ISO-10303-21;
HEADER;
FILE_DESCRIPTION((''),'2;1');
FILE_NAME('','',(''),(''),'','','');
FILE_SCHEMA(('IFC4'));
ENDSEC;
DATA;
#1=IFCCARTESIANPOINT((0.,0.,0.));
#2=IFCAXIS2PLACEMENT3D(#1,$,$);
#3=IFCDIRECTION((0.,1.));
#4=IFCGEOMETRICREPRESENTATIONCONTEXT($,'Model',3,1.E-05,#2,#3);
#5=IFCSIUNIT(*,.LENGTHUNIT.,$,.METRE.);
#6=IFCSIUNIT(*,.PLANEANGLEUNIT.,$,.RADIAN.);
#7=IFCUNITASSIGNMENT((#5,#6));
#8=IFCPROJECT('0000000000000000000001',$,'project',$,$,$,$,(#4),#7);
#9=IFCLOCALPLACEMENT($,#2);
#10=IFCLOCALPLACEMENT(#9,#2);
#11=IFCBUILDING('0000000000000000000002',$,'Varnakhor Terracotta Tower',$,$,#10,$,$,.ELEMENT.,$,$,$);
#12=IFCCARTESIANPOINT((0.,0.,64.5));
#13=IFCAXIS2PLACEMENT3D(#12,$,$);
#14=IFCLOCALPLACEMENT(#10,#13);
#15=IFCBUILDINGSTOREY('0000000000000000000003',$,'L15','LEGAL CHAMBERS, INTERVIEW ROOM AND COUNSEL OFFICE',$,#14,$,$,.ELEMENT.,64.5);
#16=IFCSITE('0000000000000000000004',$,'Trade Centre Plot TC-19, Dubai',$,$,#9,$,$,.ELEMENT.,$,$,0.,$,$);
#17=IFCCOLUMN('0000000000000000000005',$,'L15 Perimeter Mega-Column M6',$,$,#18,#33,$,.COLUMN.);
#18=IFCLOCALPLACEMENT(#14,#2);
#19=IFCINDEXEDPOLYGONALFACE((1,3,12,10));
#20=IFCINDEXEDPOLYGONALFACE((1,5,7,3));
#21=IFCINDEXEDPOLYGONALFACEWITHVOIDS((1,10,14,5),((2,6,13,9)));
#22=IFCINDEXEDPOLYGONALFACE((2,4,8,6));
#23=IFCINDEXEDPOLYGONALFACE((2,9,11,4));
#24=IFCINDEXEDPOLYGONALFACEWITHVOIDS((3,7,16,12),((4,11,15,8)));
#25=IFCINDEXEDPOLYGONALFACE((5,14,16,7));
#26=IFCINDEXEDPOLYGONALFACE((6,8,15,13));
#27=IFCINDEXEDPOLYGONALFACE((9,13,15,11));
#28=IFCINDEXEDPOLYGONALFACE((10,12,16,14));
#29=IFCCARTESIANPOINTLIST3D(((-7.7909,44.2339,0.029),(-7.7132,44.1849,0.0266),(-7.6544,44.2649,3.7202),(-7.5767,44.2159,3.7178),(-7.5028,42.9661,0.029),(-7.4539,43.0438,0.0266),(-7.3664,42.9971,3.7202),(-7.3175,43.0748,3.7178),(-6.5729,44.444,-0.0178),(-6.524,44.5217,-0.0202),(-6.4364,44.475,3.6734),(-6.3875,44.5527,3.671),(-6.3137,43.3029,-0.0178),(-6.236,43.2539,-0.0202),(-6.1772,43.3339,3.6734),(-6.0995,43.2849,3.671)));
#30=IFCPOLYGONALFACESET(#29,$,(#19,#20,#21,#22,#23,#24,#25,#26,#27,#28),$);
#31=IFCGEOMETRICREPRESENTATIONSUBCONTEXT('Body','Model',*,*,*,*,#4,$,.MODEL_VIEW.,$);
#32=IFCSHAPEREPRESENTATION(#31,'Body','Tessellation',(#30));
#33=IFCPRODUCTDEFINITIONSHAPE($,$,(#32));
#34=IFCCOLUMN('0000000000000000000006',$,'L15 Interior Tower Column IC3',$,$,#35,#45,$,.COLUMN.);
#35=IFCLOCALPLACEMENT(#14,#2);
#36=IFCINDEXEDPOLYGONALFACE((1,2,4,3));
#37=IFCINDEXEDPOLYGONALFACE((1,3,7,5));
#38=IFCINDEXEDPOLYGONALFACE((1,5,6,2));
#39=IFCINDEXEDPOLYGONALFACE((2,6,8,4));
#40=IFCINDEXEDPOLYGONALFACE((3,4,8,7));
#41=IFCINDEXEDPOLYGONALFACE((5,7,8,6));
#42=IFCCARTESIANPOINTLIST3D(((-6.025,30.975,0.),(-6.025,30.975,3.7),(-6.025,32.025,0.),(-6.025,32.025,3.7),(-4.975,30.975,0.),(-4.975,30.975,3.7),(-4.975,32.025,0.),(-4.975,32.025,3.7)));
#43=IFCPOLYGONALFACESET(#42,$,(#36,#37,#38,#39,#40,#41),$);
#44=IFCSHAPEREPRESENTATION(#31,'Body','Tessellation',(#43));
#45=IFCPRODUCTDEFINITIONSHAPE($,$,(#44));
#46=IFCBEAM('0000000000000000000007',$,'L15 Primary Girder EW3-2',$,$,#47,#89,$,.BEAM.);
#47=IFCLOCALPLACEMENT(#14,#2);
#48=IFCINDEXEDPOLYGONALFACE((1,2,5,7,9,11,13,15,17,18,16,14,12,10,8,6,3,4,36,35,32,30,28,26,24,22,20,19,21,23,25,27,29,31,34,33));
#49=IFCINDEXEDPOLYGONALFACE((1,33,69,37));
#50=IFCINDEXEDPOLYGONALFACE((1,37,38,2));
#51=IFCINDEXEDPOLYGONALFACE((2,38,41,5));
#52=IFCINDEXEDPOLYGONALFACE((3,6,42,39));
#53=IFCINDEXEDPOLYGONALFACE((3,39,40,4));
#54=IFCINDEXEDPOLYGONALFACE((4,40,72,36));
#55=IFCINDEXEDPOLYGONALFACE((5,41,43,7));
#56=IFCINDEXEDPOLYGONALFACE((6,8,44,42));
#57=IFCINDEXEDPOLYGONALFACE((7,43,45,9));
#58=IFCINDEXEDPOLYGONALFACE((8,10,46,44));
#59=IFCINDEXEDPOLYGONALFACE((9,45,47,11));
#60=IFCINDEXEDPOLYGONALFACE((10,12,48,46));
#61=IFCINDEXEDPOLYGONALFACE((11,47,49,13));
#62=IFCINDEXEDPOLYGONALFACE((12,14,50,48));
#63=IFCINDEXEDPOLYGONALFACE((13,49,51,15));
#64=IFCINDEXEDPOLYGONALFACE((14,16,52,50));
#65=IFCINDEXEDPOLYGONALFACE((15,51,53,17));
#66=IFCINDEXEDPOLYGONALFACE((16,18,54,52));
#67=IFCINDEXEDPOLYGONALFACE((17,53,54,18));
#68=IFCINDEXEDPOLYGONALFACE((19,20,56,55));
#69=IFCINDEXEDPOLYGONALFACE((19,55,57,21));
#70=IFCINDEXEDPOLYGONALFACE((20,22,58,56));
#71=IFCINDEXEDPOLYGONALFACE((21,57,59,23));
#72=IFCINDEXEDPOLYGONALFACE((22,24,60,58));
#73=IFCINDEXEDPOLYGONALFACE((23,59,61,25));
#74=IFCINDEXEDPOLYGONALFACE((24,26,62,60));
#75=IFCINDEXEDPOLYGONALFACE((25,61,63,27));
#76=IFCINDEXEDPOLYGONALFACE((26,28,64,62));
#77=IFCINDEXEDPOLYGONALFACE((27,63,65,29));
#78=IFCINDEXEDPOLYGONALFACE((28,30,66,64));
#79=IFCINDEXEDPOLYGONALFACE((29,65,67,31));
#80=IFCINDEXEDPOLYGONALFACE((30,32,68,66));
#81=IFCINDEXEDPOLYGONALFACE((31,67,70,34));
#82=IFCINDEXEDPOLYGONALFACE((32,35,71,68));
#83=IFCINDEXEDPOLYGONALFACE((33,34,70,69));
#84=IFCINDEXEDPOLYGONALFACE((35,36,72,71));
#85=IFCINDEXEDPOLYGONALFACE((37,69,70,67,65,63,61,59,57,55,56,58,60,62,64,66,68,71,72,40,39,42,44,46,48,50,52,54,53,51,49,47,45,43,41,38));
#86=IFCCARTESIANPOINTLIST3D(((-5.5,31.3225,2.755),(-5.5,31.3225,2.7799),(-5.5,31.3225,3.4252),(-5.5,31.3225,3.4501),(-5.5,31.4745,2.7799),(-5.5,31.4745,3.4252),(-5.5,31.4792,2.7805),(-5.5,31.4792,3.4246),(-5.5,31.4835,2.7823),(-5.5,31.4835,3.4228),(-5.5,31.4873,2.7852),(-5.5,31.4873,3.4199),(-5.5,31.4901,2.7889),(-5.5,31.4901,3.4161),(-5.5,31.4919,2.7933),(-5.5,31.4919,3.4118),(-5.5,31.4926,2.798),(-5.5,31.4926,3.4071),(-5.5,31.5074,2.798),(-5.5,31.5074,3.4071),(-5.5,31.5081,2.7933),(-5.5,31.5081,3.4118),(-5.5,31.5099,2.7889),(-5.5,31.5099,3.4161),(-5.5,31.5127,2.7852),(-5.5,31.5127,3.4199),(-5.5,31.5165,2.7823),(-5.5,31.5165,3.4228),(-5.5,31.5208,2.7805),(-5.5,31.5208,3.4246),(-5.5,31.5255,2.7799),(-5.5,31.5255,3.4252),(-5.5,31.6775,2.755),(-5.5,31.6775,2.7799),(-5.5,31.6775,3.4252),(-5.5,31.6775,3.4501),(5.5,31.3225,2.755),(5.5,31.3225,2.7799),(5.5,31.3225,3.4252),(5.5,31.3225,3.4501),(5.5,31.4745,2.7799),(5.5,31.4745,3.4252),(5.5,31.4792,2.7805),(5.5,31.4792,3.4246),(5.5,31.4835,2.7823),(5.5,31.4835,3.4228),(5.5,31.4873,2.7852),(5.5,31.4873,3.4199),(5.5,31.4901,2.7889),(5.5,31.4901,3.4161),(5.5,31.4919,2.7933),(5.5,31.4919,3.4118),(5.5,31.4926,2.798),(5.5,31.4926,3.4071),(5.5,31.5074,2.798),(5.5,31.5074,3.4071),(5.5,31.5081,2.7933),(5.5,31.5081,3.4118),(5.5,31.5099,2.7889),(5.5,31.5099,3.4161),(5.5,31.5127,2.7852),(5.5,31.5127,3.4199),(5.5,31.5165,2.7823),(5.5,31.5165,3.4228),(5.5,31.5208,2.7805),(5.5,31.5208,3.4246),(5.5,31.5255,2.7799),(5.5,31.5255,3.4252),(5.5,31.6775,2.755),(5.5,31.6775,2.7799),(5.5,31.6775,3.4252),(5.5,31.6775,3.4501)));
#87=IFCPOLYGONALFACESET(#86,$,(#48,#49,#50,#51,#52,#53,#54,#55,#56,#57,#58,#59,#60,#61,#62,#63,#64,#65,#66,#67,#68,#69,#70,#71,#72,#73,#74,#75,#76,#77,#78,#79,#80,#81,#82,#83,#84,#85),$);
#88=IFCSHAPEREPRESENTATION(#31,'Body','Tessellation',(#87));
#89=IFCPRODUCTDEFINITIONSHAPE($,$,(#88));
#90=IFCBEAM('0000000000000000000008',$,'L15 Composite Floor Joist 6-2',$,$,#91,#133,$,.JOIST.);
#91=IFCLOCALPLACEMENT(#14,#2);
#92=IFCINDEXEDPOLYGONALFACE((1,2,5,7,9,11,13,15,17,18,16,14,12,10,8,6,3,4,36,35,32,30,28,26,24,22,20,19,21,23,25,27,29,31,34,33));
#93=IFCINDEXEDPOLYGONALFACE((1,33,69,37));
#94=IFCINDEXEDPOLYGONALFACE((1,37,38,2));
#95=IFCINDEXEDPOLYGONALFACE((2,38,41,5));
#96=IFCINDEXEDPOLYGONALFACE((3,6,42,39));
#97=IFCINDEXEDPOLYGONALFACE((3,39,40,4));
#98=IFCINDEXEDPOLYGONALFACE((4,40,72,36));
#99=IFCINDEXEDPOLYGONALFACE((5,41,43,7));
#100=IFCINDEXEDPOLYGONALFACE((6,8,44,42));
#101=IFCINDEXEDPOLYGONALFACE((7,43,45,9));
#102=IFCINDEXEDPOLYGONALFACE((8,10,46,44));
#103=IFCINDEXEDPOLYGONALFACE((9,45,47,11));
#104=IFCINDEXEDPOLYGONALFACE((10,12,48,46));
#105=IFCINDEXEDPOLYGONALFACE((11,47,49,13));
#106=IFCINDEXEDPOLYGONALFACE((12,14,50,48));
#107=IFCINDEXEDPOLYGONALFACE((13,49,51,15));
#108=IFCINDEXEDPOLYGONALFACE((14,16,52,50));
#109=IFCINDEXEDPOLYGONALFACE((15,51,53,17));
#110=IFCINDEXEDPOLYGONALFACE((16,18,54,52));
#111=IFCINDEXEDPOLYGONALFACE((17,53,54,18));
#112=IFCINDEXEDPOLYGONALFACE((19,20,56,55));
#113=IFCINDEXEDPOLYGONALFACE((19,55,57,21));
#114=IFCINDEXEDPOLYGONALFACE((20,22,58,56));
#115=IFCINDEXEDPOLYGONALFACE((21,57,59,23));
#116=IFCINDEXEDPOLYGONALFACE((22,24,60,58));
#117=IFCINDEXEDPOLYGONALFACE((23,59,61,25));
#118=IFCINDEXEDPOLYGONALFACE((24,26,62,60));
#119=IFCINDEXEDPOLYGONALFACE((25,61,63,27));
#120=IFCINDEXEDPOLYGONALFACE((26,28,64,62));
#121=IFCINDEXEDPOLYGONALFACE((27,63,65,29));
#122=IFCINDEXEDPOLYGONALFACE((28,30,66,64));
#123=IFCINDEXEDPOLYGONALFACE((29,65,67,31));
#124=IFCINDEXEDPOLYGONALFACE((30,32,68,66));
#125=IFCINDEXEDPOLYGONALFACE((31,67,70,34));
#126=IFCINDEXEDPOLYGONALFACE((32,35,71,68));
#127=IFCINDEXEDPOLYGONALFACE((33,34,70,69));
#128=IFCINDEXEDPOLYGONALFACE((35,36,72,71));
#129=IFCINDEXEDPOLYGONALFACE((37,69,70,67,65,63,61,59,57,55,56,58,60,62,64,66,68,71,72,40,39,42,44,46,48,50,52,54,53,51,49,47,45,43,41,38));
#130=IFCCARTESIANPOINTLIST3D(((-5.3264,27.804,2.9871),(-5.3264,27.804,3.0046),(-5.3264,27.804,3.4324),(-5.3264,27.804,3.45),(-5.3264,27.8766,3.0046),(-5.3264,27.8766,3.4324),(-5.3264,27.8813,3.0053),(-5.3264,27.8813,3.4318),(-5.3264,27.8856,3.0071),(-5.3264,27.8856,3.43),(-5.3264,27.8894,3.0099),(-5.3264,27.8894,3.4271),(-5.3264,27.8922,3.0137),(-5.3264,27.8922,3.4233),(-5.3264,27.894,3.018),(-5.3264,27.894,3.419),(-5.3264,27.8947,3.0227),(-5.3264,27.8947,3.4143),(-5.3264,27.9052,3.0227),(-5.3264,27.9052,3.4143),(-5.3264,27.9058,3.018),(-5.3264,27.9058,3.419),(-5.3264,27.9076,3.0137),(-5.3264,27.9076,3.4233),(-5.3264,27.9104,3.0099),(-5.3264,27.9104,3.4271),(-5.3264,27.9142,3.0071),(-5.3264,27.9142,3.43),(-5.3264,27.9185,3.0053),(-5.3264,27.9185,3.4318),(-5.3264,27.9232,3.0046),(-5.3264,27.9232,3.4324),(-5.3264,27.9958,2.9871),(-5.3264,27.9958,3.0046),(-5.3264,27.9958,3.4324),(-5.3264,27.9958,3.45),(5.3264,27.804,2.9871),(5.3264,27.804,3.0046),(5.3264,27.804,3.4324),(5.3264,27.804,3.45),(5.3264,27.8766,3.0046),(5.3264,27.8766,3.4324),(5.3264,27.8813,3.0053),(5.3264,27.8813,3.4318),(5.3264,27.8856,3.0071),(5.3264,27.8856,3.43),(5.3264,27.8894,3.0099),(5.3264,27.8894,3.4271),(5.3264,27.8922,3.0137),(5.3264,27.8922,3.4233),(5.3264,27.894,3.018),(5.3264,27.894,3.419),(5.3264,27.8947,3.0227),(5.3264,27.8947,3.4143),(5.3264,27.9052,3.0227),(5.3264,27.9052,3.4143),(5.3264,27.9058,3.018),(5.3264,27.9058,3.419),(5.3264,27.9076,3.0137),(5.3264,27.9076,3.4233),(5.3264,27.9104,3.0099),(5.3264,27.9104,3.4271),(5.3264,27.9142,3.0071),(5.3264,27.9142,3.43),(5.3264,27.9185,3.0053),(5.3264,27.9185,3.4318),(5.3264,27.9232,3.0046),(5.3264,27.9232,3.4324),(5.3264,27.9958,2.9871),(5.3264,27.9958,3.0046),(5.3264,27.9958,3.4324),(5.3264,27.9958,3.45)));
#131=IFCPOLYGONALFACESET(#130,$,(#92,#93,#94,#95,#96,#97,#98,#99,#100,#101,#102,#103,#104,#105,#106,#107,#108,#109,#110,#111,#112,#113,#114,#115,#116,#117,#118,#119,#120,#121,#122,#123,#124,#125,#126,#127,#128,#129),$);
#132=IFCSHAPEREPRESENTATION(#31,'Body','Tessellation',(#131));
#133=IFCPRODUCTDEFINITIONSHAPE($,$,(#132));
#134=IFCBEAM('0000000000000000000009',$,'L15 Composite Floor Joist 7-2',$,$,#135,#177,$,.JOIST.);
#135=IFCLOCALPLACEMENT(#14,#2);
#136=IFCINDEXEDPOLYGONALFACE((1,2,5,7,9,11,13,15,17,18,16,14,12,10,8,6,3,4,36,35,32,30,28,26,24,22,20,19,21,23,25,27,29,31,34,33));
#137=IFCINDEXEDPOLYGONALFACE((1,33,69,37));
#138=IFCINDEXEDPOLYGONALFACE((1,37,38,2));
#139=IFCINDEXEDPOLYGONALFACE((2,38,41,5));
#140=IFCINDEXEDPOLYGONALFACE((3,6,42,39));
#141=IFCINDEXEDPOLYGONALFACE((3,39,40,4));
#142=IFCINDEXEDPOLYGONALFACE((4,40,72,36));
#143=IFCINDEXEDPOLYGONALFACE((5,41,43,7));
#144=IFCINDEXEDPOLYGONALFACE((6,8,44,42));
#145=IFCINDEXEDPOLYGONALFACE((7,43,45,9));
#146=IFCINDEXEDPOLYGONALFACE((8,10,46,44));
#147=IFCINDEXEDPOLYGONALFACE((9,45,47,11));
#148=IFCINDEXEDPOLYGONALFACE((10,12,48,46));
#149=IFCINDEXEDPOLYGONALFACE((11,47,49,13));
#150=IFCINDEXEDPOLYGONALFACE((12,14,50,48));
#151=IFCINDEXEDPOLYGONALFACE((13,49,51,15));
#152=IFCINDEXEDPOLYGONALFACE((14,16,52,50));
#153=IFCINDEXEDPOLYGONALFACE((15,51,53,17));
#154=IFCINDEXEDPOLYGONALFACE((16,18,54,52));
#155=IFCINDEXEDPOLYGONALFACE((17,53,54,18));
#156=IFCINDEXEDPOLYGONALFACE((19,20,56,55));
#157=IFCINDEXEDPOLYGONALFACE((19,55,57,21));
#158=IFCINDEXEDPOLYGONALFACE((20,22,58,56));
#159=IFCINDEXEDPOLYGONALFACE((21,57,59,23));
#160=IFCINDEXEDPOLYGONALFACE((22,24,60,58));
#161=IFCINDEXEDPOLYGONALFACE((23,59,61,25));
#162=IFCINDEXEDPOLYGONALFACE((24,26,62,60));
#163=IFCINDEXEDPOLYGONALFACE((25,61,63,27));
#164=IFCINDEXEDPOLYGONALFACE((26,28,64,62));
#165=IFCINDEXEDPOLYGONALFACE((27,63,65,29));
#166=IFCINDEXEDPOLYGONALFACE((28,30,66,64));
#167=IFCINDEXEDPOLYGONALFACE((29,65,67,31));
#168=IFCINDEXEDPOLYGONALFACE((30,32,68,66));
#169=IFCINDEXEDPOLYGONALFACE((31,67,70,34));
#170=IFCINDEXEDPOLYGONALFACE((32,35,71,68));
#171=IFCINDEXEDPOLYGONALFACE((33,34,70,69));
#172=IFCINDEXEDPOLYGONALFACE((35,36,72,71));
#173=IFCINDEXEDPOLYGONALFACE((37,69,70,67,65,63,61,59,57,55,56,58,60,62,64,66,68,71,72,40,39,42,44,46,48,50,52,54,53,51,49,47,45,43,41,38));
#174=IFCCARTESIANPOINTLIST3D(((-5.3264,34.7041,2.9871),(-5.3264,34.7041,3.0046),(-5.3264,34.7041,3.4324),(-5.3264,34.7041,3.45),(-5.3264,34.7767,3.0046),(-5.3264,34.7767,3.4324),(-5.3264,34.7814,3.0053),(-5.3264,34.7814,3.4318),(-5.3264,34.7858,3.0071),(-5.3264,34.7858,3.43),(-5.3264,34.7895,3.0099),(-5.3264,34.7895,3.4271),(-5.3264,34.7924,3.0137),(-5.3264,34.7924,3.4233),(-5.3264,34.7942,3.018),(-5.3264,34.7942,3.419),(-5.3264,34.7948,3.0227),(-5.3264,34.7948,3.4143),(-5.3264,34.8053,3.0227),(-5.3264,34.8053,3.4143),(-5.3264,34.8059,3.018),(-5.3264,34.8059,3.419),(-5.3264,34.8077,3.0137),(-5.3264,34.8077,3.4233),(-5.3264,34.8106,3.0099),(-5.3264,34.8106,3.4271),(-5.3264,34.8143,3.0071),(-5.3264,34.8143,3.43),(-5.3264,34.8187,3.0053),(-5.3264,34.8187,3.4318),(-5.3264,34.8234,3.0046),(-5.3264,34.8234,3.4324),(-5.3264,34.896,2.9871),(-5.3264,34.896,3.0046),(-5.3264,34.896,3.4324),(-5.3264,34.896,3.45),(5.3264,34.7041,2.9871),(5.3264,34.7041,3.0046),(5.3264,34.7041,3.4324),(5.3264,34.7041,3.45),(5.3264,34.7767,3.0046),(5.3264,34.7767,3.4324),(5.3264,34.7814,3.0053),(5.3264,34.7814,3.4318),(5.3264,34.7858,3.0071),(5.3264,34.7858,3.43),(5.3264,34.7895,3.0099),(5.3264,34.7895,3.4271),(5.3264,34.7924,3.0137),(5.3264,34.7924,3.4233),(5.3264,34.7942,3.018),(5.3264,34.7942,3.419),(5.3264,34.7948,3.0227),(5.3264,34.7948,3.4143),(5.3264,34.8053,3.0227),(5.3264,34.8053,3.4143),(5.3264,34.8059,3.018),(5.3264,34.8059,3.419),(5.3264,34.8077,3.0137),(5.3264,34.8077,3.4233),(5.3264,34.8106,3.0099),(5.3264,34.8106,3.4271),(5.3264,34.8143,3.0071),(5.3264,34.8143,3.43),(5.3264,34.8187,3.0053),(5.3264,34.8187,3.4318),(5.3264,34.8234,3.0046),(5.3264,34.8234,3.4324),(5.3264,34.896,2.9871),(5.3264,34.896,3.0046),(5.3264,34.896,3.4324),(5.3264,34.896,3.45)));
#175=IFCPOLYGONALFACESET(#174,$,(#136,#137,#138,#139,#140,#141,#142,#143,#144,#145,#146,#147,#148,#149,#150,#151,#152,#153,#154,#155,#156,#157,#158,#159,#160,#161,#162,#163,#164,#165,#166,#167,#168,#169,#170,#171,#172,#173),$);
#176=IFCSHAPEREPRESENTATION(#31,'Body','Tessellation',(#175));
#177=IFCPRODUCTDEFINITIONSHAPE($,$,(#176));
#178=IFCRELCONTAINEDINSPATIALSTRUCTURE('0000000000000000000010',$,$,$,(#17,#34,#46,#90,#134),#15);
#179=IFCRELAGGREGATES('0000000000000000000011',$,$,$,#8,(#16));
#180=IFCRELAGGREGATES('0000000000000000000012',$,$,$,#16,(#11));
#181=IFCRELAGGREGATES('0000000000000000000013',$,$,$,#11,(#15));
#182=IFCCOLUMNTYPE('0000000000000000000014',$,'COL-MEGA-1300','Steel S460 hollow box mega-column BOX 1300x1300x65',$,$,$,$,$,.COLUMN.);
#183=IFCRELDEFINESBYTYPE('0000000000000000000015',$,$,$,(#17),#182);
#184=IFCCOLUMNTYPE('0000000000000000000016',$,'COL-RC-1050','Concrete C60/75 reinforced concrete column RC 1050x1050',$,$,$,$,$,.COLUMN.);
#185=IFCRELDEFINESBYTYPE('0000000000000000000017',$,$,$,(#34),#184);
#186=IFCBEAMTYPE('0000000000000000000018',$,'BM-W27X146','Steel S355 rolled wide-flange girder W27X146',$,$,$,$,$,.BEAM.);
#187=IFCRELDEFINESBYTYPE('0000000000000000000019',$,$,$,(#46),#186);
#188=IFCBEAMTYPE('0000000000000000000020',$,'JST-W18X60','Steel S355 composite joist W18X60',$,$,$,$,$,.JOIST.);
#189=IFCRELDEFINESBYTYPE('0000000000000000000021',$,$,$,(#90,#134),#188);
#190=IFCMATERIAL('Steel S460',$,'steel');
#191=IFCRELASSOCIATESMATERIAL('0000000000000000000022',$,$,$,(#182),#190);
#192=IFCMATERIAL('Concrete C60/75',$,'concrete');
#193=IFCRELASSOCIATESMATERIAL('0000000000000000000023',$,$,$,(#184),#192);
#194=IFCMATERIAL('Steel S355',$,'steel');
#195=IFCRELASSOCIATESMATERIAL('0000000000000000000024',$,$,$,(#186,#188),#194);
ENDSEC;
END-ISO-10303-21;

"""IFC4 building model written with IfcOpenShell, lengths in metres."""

from ifc_helpers import new_model, si_unit, direction, frame, origin, origin_2d, place, context, subcontext, project, spatial, rectangle, hollow_rectangle, i_section, extrude, source, transform, mapped, material, material_profile, profile_set, type_object, element, save


model = new_model("IFC4")

# Units and contexts
model_context = context("Model", 3, precision=1e-05, world=origin(), true_north=direction((0.0, 1.0)))
body_context = subcontext(model_context, "Body", "Model", "MODEL_VIEW")
ifc_project = project(units=[si_unit("LENGTHUNIT", "METRE"), si_unit("PLANEANGLEUNIT", "RADIAN")], contexts=[model_context])

# Site, building, storey
site_placement = place(None, origin())
site = spatial("IfcSite", under=ifc_project, at=site_placement, Name="Trade Centre Plot TC-19, Dubai", CompositionType="ELEMENT", RefElevation=0.0)
building_placement = place(site_placement, origin())
building = spatial("IfcBuilding", under=site, at=building_placement, Name="Varnakhor Terracotta Tower", CompositionType="ELEMENT")
storey_placement = place(building_placement, frame((0.0, 0.0, 64.5)))
storey = spatial("IfcBuildingStorey", under=building, at=storey_placement, Name="L15", Description="LEGAL CHAMBERS, INTERVIEW ROOM AND COUNSEL OFFICE", CompositionType="ELEMENT", Elevation=64.5)

# Columns
ifc_material_1 = material(Name="Steel S460", Category="steel")
ifc_material_profile_1 = material_profile(ifc_material_1, hollow_rectangle(XDim=1.3, YDim=1.3, WallThickness=0.0649, at=origin_2d()), Name="BOX 1300x1300x65")
ifc_profile_set_1 = profile_set([ifc_material_profile_1], Name="Steel S460")
column_type_1 = type_object("IfcColumnType", Name="COL-MEGA-1300", Description="Steel S460 hollow box mega-column BOX 1300x1300x65", PredefinedType="COLUMN", material=ifc_profile_set_1)
shared_shape_1 = source(origin(), body_context, "Body", "SweptSolid", [
    extrude(hollow_rectangle(XDim=1.3, YDim=1.3, WallThickness=0.0649, at=origin_2d()), origin(), (0.0, 0.0, 1.0), 3.6938),
])
column_1_placement = place(storey_placement, frame((-7.0134, 43.7439, 0.0044), z_axis=(0.036947, 0.008394, 0.999282), x_axis=(-0.221546, 0.97515, 0.0)))
element("IfcColumn", 1, at=column_1_placement, inside=storey, type_object=column_type_1, Name="L15 Perimeter Mega-Column M6", PredefinedType="COLUMN", context=body_context, shape_type="MappedRepresentation", body=[
    mapped(shared_shape_1, transform((0.0, 0.0, 0.0), scale=1.0)),
])
ifc_material_2 = material(Name="Concrete C60/75", Category="concrete")
ifc_material_profile_2 = material_profile(ifc_material_2, rectangle(XDim=1.05, YDim=1.05, at=origin_2d()), Name="RC 1050x1050")
ifc_profile_set_2 = profile_set([ifc_material_profile_2], Name="Concrete C60/75")
column_type_2 = type_object("IfcColumnType", Name="COL-RC-1050", Description="Concrete C60/75 reinforced concrete column RC 1050x1050", PredefinedType="COLUMN", material=ifc_profile_set_2)
shared_shape_2 = source(origin(), body_context, "Body", "SweptSolid", [
    extrude(rectangle(XDim=1.05, YDim=1.05, at=origin_2d()), origin(), (0.0, 0.0, 1.0), 3.7),
])
column_2_placement = place(storey_placement, frame((-5.5, 31.5, 0.0), z_axis=(0.0, 0.0, 1.0), x_axis=(1.0, 0.0, 0.0)))
element("IfcColumn", 2, at=column_2_placement, inside=storey, type_object=column_type_2, Name="L15 Interior Tower Column IC3", PredefinedType="COLUMN", context=body_context, shape_type="MappedRepresentation", body=[
    mapped(shared_shape_2, transform((0.0, 0.0, 0.0), scale=1.0)),
])

# Beams
ifc_material_3 = material(Name="Steel S355", Category="steel")
ifc_material_profile_3 = material_profile(ifc_material_3, i_section(OverallWidth=0.355, OverallDepth=0.6951, WebThickness=0.0149, FlangeThickness=0.0249, FilletRadius=0.0181, at=origin_2d()), Name="W27X146")
ifc_profile_set_3 = profile_set([ifc_material_profile_3], Name="Steel S355")
beam_type_1 = type_object("IfcBeamType", Name="BM-W27X146", Description="Steel S355 rolled wide-flange girder W27X146", PredefinedType="BEAM", material=ifc_profile_set_3)
shared_shape_3 = source(origin(), body_context, "Body", "SweptSolid", [
    extrude(i_section(OverallWidth=0.355, OverallDepth=0.6951, WebThickness=0.0149, FlangeThickness=0.0249, FilletRadius=0.0181, at=origin_2d()), origin(), (0.0, 0.0, 1.0), 11.0),
])
beam_1_placement = place(storey_placement, frame((-5.5, 31.5, 3.1025), z_axis=(1.0, 0.0, 0.0), x_axis=(0.0, 1.0, 0.0)))
element("IfcBeam", 3, at=beam_1_placement, inside=storey, type_object=beam_type_1, Name="L15 Primary Girder EW3-2", PredefinedType="BEAM", context=body_context, shape_type="MappedRepresentation", body=[
    mapped(shared_shape_3, transform((0.0, 0.0, 0.0), scale=1.0)),
])
ifc_material_profile_4 = material_profile(ifc_material_3, i_section(OverallWidth=0.1919, OverallDepth=0.4629, WebThickness=0.0105, FlangeThickness=0.0176, FilletRadius=0.0181, at=origin_2d()), Name="W18X60")
ifc_profile_set_4 = profile_set([ifc_material_profile_4], Name="Steel S355")
beam_type_2 = type_object("IfcBeamType", Name="JST-W18X60", Description="Steel S355 composite joist W18X60", PredefinedType="JOIST", material=ifc_profile_set_4)
shared_shape_4 = source(origin(), body_context, "Body", "SweptSolid", [
    extrude(i_section(OverallWidth=0.1919, OverallDepth=0.4629, WebThickness=0.0105, FlangeThickness=0.0176, FilletRadius=0.0181, at=origin_2d()), origin(), (0.0, 0.0, 1.0), 10.6528),
])
for number, where, z_axis, x_axis, name in (
    (4, (-5.3264, 27.8999, 3.2185), (1.0, 0.0, 0.0), (0.0, 1.0, 0.0), "L15 Composite Floor Joist 6-2"),
    (5, (-5.3264, 34.8, 3.2185), (1.0, 0.0, 0.0), (0.0, 1.0, 0.0), "L15 Composite Floor Joist 7-2"),
):
    element("IfcBeam", number, at=place(storey_placement, frame(where, z_axis=z_axis, x_axis=x_axis)), inside=storey, type_object=beam_type_2, Name=name, PredefinedType="JOIST", context=body_context, shape_type="MappedRepresentation", body=[
        mapped(shared_shape_4, transform((0.0, 0.0, 0.0), scale=1.0)),
    ])

save(model, "model.ifc")
